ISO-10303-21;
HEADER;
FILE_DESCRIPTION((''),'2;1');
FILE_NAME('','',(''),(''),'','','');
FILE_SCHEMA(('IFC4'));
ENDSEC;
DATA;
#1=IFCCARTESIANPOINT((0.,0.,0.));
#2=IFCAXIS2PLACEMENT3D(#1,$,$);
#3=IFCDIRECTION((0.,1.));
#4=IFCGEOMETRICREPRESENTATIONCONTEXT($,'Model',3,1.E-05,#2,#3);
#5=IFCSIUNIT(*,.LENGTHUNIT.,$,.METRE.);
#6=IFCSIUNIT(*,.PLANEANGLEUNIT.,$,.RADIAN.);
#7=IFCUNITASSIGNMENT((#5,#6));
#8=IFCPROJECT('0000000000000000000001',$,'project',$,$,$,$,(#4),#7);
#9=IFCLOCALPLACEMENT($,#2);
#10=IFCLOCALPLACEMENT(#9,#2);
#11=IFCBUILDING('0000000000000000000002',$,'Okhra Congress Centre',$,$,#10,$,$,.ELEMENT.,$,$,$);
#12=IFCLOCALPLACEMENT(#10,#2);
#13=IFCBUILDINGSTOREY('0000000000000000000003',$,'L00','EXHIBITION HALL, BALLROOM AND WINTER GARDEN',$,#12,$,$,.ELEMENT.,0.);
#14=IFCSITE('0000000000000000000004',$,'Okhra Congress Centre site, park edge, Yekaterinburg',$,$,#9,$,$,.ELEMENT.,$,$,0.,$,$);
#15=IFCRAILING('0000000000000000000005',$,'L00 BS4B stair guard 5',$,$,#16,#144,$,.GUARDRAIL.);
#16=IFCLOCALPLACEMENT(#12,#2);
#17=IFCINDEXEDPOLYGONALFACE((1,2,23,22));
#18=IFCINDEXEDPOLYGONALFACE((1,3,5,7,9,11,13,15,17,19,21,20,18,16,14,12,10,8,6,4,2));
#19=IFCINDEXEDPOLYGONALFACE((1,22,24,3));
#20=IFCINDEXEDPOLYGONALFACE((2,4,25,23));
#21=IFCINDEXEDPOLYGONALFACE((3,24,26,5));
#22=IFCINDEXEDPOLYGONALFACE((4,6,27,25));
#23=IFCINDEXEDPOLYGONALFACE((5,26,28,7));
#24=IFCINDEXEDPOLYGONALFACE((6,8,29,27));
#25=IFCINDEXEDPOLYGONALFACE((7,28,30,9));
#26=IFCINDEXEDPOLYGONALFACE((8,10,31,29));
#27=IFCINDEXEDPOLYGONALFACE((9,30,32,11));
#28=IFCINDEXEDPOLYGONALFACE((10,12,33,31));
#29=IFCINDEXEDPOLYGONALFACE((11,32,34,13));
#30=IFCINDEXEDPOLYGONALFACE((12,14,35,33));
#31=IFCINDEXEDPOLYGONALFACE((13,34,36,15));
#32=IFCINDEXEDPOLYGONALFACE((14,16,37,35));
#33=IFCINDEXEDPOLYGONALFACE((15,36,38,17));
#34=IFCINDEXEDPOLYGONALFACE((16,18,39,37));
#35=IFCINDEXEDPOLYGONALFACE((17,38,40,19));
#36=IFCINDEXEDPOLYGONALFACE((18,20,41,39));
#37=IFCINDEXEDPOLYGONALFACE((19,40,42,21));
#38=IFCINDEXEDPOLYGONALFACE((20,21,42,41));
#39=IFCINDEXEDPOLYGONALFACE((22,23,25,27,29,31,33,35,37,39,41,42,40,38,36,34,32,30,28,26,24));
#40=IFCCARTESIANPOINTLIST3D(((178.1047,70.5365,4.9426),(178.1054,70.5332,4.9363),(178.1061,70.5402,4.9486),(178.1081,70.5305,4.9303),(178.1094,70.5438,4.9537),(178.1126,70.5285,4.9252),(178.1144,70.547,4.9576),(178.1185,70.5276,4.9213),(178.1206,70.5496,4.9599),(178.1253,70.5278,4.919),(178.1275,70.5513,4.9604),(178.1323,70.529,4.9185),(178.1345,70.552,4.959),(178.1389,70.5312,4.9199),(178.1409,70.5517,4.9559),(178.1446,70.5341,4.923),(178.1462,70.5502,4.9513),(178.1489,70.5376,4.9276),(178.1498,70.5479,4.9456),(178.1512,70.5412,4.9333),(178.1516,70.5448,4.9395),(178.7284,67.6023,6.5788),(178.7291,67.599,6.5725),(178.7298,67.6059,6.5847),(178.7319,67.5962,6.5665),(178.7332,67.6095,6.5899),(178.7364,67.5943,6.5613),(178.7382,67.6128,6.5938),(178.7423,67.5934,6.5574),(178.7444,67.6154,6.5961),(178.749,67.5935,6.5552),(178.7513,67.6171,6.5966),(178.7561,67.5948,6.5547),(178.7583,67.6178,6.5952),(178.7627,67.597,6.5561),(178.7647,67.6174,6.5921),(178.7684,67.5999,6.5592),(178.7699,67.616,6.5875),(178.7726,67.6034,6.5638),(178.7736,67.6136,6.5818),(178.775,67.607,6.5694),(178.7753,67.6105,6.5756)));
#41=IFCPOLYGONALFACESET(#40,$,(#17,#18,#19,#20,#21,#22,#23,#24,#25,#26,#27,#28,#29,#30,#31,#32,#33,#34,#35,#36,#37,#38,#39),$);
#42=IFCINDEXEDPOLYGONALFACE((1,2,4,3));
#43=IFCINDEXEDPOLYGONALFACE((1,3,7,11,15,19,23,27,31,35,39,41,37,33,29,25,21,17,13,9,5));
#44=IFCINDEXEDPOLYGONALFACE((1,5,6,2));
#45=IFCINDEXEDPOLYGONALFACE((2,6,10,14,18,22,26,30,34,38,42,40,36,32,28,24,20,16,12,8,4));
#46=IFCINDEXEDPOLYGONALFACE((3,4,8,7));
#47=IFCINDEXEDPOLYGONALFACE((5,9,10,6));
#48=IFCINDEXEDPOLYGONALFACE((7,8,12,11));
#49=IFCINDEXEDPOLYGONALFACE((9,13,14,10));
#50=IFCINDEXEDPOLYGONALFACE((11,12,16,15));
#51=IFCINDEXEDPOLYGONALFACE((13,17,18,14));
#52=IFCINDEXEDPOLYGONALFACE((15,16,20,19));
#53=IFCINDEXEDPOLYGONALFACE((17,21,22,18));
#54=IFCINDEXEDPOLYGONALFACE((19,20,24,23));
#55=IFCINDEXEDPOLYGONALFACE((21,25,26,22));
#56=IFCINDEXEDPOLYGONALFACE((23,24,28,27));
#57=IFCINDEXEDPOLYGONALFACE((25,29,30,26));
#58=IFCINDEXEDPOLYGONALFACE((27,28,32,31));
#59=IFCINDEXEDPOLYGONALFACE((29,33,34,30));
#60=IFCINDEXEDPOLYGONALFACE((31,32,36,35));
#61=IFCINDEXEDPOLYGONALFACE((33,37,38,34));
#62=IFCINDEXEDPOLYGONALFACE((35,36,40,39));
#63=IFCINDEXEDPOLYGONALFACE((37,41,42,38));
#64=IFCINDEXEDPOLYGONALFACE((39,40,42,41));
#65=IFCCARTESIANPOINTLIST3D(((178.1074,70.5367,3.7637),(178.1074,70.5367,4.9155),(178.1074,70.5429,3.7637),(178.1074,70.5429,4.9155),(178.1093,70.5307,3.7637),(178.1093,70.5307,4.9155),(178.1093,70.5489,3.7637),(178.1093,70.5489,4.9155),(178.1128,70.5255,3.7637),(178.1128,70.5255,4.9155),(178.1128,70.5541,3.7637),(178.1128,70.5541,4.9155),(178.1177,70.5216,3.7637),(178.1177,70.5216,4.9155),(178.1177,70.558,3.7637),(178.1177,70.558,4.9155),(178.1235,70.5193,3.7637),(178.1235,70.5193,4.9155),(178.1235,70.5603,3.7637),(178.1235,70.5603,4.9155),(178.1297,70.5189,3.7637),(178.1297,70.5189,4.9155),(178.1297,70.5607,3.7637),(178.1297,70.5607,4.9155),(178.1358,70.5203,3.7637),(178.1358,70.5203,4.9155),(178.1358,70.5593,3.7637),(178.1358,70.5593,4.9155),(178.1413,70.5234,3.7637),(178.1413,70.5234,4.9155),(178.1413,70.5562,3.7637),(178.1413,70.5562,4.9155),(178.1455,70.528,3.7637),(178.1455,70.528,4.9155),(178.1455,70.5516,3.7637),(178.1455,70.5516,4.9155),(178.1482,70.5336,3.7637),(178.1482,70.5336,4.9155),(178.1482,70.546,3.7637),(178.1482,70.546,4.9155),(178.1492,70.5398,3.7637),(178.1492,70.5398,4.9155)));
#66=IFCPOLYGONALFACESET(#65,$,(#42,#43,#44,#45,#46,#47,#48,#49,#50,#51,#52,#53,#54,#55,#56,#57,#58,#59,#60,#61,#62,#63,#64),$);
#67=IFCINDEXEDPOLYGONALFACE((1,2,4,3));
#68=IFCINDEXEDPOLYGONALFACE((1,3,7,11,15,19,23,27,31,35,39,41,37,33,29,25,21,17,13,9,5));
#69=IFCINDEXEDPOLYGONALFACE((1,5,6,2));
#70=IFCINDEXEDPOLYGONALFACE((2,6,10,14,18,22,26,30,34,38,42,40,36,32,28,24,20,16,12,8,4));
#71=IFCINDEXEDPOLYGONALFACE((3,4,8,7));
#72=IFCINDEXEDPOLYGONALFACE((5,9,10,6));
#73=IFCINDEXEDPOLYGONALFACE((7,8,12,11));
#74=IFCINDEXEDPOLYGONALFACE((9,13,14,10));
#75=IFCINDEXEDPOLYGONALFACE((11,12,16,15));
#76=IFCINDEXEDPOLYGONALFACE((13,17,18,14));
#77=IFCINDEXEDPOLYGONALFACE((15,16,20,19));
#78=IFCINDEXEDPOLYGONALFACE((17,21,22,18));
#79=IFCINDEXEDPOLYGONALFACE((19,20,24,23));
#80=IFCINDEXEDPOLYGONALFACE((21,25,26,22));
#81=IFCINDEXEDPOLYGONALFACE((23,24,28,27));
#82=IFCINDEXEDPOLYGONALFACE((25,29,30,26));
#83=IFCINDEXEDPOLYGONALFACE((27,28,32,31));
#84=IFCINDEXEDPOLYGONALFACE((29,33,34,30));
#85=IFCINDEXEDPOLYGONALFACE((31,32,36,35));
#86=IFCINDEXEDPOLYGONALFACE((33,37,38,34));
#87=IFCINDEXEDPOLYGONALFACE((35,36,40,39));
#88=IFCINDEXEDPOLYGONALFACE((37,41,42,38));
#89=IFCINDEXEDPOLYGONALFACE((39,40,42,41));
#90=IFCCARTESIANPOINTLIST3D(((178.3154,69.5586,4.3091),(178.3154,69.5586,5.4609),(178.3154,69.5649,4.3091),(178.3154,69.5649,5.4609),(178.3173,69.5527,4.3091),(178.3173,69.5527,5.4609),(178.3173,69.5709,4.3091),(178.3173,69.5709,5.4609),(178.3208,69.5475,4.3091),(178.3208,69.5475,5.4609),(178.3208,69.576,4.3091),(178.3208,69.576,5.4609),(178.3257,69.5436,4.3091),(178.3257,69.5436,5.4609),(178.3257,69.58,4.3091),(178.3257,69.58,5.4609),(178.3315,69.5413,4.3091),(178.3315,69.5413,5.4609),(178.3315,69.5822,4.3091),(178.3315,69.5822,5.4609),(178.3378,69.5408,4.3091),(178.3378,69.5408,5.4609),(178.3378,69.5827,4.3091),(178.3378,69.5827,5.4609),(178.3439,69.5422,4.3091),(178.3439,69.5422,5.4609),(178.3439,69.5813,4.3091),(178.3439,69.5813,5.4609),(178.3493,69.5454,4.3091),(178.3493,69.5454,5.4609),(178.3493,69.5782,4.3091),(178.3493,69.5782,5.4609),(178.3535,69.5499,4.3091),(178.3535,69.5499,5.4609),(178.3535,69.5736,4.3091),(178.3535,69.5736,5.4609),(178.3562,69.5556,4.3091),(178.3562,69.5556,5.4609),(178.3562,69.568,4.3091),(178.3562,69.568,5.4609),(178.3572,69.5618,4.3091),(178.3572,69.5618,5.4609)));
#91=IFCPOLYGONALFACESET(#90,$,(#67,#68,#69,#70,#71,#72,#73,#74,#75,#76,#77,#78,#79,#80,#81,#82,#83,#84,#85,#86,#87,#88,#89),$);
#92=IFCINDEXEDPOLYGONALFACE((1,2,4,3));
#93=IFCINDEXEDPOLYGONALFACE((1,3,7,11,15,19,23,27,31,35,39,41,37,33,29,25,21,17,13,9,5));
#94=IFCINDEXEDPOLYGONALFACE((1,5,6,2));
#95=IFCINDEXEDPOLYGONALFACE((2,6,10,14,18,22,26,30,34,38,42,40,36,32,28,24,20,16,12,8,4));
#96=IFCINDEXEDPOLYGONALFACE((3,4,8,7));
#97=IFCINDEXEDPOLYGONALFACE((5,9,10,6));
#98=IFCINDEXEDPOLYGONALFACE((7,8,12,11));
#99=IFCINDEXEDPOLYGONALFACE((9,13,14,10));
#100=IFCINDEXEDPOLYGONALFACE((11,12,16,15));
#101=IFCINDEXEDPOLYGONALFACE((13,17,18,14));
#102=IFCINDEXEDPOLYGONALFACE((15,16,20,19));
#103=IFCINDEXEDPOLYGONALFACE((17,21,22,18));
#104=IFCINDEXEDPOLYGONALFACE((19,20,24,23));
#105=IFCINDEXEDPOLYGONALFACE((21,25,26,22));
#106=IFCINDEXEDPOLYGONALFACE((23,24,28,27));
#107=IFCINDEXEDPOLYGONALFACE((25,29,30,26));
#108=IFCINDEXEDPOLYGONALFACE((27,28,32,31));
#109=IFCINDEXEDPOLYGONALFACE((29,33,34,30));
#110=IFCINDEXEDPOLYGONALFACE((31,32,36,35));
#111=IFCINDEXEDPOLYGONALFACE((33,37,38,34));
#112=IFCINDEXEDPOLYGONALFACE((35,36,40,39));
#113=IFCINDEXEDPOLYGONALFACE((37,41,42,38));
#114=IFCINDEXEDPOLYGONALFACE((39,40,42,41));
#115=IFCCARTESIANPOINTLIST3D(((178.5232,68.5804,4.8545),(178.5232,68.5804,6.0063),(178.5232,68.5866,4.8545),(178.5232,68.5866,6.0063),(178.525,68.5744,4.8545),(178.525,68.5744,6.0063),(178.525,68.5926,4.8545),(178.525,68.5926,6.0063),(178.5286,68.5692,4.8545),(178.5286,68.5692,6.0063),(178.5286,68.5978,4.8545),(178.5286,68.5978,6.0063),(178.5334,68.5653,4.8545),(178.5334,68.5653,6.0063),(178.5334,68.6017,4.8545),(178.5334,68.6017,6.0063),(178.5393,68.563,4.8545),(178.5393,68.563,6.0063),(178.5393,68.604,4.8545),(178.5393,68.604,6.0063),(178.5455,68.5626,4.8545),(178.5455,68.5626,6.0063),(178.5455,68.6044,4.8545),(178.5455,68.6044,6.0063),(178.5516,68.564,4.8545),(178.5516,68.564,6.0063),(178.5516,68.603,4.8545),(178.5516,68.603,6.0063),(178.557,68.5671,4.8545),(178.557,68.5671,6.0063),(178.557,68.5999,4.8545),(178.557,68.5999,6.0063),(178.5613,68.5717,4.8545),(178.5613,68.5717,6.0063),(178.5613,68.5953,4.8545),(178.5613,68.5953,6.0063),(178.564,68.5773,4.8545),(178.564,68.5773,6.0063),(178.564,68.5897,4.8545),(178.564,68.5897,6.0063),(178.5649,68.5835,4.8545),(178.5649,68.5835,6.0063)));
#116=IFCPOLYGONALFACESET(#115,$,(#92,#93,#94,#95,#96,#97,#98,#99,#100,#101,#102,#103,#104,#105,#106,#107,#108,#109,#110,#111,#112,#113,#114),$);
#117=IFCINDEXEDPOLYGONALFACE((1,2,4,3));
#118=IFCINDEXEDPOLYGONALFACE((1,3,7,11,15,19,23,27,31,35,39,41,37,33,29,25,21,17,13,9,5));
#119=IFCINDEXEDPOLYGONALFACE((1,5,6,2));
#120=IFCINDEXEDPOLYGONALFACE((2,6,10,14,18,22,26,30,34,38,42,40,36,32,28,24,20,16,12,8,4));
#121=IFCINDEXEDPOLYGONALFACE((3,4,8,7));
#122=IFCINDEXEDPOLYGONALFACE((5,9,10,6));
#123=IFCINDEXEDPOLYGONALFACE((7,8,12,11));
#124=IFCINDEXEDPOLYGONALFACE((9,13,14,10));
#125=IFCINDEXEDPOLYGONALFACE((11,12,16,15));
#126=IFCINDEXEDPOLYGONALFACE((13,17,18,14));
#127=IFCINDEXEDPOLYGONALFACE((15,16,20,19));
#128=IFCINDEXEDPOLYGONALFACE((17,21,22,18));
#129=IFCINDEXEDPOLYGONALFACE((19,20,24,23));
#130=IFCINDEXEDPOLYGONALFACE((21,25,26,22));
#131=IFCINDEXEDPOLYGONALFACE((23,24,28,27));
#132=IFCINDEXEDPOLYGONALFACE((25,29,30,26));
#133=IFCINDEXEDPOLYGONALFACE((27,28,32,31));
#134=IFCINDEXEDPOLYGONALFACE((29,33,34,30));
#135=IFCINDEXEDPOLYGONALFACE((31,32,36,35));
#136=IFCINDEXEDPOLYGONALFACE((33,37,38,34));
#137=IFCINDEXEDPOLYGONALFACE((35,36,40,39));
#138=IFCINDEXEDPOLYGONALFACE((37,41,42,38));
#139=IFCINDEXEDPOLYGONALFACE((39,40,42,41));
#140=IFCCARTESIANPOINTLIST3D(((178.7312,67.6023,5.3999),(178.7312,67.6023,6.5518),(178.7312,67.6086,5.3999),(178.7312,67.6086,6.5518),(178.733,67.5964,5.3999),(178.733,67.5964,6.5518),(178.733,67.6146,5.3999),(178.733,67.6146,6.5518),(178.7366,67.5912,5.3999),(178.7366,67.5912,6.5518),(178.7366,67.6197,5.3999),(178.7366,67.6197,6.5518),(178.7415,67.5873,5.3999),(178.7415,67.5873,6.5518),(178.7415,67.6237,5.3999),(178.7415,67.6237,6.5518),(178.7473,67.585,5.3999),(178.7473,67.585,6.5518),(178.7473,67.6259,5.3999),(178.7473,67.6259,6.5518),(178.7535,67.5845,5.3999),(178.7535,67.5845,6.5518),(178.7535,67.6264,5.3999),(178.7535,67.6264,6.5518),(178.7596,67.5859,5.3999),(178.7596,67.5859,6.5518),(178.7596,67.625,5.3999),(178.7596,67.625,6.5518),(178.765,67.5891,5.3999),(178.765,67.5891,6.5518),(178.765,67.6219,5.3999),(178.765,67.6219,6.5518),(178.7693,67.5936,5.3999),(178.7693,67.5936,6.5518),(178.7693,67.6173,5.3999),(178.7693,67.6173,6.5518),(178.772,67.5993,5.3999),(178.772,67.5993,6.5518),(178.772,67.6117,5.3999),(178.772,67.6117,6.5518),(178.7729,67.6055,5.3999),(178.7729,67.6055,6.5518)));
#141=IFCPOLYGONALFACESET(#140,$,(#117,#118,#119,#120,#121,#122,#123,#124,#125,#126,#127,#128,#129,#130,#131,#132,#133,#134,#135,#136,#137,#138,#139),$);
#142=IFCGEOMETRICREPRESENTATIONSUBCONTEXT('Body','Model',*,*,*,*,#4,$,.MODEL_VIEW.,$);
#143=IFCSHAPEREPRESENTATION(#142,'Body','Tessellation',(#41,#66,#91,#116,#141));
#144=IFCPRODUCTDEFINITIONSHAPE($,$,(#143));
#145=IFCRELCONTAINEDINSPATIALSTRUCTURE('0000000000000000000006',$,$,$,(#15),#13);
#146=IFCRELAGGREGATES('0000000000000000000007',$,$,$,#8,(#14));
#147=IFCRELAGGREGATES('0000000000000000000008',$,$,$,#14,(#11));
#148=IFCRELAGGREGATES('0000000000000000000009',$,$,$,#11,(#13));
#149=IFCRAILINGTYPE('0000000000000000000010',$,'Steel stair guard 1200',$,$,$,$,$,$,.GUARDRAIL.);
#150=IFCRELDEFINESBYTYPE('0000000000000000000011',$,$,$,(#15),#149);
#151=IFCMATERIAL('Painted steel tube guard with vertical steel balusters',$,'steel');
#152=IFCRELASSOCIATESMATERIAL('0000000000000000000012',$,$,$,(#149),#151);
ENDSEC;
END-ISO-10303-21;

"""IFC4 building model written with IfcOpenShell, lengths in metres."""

from ifc_helpers import new_model, si_unit, direction, frame, origin, origin_2d, place, context, subcontext, project, spatial, circle, extrude, material, type_object, element, save


model = new_model("IFC4")

# Units and contexts
model_context = context("Model", 3, precision=1e-05, world=origin(), true_north=direction((0.0, 1.0)))
body_context = subcontext(model_context, "Body", "Model", "MODEL_VIEW")
ifc_project = project(units=[si_unit("LENGTHUNIT", "METRE"), si_unit("PLANEANGLEUNIT", "RADIAN")], contexts=[model_context])

# Site, building, storey
site_placement = place(None, origin())
site = spatial("IfcSite", under=ifc_project, at=site_placement, Name="Okhra Congress Centre site, park edge, Yekaterinburg", CompositionType="ELEMENT", RefElevation=0.0)
building_placement = place(site_placement, origin())
building = spatial("IfcBuilding", under=site, at=building_placement, Name="Okhra Congress Centre", CompositionType="ELEMENT")
storey_placement = place(building_placement, origin())
storey = spatial("IfcBuildingStorey", under=building, at=storey_placement, Name="L00", Description="EXHIBITION HALL, BALLROOM AND WINTER GARDEN", CompositionType="ELEMENT", Elevation=0.0)

# Railing
ifc_material_1 = material(Name="Painted steel tube guard with vertical steel balusters", Category="steel")
railing_type_1 = type_object("IfcRailingType", Name="Steel stair guard 1200", PredefinedType="GUARDRAIL", material=ifc_material_1)
railing_1_placement = place(storey_placement, frame((178.1282, 70.5398, 3.7637)))
element("IfcRailing", 1, at=railing_1_placement, inside=storey, type_object=railing_type_1, Name="L00 BS4B stair guard 5", PredefinedType="GUARDRAIL", context=body_context, shape_type="SweptSolid", body=[
    extrude(circle(Radius=0.0239, at=origin_2d()), frame((0.0, 0.0, 1.1758), z_axis=(0.182546, -0.858716, 0.478835), x_axis=(0.978143, 0.207934, 0.0)), (0.0, 0.0, 1.0), 3.417),
    extrude(circle(Radius=0.021, at=origin_2d()), origin(), (0.0, 0.0, 1.0), 1.1519),
    extrude(circle(Radius=0.021, at=origin_2d()), frame((0.208, -0.978, 0.5454)), (0.0, 0.0, 1.0), 1.1519),
    extrude(circle(Radius=0.021, at=origin_2d()), frame((0.4158, -1.9563, 1.0908)), (0.0, 0.0, 1.0), 1.1519),
    extrude(circle(Radius=0.021, at=origin_2d()), frame((0.6238, -2.9343, 1.6362)), (0.0, 0.0, 1.0), 1.1519),
])

save(model, "model.ifc")
